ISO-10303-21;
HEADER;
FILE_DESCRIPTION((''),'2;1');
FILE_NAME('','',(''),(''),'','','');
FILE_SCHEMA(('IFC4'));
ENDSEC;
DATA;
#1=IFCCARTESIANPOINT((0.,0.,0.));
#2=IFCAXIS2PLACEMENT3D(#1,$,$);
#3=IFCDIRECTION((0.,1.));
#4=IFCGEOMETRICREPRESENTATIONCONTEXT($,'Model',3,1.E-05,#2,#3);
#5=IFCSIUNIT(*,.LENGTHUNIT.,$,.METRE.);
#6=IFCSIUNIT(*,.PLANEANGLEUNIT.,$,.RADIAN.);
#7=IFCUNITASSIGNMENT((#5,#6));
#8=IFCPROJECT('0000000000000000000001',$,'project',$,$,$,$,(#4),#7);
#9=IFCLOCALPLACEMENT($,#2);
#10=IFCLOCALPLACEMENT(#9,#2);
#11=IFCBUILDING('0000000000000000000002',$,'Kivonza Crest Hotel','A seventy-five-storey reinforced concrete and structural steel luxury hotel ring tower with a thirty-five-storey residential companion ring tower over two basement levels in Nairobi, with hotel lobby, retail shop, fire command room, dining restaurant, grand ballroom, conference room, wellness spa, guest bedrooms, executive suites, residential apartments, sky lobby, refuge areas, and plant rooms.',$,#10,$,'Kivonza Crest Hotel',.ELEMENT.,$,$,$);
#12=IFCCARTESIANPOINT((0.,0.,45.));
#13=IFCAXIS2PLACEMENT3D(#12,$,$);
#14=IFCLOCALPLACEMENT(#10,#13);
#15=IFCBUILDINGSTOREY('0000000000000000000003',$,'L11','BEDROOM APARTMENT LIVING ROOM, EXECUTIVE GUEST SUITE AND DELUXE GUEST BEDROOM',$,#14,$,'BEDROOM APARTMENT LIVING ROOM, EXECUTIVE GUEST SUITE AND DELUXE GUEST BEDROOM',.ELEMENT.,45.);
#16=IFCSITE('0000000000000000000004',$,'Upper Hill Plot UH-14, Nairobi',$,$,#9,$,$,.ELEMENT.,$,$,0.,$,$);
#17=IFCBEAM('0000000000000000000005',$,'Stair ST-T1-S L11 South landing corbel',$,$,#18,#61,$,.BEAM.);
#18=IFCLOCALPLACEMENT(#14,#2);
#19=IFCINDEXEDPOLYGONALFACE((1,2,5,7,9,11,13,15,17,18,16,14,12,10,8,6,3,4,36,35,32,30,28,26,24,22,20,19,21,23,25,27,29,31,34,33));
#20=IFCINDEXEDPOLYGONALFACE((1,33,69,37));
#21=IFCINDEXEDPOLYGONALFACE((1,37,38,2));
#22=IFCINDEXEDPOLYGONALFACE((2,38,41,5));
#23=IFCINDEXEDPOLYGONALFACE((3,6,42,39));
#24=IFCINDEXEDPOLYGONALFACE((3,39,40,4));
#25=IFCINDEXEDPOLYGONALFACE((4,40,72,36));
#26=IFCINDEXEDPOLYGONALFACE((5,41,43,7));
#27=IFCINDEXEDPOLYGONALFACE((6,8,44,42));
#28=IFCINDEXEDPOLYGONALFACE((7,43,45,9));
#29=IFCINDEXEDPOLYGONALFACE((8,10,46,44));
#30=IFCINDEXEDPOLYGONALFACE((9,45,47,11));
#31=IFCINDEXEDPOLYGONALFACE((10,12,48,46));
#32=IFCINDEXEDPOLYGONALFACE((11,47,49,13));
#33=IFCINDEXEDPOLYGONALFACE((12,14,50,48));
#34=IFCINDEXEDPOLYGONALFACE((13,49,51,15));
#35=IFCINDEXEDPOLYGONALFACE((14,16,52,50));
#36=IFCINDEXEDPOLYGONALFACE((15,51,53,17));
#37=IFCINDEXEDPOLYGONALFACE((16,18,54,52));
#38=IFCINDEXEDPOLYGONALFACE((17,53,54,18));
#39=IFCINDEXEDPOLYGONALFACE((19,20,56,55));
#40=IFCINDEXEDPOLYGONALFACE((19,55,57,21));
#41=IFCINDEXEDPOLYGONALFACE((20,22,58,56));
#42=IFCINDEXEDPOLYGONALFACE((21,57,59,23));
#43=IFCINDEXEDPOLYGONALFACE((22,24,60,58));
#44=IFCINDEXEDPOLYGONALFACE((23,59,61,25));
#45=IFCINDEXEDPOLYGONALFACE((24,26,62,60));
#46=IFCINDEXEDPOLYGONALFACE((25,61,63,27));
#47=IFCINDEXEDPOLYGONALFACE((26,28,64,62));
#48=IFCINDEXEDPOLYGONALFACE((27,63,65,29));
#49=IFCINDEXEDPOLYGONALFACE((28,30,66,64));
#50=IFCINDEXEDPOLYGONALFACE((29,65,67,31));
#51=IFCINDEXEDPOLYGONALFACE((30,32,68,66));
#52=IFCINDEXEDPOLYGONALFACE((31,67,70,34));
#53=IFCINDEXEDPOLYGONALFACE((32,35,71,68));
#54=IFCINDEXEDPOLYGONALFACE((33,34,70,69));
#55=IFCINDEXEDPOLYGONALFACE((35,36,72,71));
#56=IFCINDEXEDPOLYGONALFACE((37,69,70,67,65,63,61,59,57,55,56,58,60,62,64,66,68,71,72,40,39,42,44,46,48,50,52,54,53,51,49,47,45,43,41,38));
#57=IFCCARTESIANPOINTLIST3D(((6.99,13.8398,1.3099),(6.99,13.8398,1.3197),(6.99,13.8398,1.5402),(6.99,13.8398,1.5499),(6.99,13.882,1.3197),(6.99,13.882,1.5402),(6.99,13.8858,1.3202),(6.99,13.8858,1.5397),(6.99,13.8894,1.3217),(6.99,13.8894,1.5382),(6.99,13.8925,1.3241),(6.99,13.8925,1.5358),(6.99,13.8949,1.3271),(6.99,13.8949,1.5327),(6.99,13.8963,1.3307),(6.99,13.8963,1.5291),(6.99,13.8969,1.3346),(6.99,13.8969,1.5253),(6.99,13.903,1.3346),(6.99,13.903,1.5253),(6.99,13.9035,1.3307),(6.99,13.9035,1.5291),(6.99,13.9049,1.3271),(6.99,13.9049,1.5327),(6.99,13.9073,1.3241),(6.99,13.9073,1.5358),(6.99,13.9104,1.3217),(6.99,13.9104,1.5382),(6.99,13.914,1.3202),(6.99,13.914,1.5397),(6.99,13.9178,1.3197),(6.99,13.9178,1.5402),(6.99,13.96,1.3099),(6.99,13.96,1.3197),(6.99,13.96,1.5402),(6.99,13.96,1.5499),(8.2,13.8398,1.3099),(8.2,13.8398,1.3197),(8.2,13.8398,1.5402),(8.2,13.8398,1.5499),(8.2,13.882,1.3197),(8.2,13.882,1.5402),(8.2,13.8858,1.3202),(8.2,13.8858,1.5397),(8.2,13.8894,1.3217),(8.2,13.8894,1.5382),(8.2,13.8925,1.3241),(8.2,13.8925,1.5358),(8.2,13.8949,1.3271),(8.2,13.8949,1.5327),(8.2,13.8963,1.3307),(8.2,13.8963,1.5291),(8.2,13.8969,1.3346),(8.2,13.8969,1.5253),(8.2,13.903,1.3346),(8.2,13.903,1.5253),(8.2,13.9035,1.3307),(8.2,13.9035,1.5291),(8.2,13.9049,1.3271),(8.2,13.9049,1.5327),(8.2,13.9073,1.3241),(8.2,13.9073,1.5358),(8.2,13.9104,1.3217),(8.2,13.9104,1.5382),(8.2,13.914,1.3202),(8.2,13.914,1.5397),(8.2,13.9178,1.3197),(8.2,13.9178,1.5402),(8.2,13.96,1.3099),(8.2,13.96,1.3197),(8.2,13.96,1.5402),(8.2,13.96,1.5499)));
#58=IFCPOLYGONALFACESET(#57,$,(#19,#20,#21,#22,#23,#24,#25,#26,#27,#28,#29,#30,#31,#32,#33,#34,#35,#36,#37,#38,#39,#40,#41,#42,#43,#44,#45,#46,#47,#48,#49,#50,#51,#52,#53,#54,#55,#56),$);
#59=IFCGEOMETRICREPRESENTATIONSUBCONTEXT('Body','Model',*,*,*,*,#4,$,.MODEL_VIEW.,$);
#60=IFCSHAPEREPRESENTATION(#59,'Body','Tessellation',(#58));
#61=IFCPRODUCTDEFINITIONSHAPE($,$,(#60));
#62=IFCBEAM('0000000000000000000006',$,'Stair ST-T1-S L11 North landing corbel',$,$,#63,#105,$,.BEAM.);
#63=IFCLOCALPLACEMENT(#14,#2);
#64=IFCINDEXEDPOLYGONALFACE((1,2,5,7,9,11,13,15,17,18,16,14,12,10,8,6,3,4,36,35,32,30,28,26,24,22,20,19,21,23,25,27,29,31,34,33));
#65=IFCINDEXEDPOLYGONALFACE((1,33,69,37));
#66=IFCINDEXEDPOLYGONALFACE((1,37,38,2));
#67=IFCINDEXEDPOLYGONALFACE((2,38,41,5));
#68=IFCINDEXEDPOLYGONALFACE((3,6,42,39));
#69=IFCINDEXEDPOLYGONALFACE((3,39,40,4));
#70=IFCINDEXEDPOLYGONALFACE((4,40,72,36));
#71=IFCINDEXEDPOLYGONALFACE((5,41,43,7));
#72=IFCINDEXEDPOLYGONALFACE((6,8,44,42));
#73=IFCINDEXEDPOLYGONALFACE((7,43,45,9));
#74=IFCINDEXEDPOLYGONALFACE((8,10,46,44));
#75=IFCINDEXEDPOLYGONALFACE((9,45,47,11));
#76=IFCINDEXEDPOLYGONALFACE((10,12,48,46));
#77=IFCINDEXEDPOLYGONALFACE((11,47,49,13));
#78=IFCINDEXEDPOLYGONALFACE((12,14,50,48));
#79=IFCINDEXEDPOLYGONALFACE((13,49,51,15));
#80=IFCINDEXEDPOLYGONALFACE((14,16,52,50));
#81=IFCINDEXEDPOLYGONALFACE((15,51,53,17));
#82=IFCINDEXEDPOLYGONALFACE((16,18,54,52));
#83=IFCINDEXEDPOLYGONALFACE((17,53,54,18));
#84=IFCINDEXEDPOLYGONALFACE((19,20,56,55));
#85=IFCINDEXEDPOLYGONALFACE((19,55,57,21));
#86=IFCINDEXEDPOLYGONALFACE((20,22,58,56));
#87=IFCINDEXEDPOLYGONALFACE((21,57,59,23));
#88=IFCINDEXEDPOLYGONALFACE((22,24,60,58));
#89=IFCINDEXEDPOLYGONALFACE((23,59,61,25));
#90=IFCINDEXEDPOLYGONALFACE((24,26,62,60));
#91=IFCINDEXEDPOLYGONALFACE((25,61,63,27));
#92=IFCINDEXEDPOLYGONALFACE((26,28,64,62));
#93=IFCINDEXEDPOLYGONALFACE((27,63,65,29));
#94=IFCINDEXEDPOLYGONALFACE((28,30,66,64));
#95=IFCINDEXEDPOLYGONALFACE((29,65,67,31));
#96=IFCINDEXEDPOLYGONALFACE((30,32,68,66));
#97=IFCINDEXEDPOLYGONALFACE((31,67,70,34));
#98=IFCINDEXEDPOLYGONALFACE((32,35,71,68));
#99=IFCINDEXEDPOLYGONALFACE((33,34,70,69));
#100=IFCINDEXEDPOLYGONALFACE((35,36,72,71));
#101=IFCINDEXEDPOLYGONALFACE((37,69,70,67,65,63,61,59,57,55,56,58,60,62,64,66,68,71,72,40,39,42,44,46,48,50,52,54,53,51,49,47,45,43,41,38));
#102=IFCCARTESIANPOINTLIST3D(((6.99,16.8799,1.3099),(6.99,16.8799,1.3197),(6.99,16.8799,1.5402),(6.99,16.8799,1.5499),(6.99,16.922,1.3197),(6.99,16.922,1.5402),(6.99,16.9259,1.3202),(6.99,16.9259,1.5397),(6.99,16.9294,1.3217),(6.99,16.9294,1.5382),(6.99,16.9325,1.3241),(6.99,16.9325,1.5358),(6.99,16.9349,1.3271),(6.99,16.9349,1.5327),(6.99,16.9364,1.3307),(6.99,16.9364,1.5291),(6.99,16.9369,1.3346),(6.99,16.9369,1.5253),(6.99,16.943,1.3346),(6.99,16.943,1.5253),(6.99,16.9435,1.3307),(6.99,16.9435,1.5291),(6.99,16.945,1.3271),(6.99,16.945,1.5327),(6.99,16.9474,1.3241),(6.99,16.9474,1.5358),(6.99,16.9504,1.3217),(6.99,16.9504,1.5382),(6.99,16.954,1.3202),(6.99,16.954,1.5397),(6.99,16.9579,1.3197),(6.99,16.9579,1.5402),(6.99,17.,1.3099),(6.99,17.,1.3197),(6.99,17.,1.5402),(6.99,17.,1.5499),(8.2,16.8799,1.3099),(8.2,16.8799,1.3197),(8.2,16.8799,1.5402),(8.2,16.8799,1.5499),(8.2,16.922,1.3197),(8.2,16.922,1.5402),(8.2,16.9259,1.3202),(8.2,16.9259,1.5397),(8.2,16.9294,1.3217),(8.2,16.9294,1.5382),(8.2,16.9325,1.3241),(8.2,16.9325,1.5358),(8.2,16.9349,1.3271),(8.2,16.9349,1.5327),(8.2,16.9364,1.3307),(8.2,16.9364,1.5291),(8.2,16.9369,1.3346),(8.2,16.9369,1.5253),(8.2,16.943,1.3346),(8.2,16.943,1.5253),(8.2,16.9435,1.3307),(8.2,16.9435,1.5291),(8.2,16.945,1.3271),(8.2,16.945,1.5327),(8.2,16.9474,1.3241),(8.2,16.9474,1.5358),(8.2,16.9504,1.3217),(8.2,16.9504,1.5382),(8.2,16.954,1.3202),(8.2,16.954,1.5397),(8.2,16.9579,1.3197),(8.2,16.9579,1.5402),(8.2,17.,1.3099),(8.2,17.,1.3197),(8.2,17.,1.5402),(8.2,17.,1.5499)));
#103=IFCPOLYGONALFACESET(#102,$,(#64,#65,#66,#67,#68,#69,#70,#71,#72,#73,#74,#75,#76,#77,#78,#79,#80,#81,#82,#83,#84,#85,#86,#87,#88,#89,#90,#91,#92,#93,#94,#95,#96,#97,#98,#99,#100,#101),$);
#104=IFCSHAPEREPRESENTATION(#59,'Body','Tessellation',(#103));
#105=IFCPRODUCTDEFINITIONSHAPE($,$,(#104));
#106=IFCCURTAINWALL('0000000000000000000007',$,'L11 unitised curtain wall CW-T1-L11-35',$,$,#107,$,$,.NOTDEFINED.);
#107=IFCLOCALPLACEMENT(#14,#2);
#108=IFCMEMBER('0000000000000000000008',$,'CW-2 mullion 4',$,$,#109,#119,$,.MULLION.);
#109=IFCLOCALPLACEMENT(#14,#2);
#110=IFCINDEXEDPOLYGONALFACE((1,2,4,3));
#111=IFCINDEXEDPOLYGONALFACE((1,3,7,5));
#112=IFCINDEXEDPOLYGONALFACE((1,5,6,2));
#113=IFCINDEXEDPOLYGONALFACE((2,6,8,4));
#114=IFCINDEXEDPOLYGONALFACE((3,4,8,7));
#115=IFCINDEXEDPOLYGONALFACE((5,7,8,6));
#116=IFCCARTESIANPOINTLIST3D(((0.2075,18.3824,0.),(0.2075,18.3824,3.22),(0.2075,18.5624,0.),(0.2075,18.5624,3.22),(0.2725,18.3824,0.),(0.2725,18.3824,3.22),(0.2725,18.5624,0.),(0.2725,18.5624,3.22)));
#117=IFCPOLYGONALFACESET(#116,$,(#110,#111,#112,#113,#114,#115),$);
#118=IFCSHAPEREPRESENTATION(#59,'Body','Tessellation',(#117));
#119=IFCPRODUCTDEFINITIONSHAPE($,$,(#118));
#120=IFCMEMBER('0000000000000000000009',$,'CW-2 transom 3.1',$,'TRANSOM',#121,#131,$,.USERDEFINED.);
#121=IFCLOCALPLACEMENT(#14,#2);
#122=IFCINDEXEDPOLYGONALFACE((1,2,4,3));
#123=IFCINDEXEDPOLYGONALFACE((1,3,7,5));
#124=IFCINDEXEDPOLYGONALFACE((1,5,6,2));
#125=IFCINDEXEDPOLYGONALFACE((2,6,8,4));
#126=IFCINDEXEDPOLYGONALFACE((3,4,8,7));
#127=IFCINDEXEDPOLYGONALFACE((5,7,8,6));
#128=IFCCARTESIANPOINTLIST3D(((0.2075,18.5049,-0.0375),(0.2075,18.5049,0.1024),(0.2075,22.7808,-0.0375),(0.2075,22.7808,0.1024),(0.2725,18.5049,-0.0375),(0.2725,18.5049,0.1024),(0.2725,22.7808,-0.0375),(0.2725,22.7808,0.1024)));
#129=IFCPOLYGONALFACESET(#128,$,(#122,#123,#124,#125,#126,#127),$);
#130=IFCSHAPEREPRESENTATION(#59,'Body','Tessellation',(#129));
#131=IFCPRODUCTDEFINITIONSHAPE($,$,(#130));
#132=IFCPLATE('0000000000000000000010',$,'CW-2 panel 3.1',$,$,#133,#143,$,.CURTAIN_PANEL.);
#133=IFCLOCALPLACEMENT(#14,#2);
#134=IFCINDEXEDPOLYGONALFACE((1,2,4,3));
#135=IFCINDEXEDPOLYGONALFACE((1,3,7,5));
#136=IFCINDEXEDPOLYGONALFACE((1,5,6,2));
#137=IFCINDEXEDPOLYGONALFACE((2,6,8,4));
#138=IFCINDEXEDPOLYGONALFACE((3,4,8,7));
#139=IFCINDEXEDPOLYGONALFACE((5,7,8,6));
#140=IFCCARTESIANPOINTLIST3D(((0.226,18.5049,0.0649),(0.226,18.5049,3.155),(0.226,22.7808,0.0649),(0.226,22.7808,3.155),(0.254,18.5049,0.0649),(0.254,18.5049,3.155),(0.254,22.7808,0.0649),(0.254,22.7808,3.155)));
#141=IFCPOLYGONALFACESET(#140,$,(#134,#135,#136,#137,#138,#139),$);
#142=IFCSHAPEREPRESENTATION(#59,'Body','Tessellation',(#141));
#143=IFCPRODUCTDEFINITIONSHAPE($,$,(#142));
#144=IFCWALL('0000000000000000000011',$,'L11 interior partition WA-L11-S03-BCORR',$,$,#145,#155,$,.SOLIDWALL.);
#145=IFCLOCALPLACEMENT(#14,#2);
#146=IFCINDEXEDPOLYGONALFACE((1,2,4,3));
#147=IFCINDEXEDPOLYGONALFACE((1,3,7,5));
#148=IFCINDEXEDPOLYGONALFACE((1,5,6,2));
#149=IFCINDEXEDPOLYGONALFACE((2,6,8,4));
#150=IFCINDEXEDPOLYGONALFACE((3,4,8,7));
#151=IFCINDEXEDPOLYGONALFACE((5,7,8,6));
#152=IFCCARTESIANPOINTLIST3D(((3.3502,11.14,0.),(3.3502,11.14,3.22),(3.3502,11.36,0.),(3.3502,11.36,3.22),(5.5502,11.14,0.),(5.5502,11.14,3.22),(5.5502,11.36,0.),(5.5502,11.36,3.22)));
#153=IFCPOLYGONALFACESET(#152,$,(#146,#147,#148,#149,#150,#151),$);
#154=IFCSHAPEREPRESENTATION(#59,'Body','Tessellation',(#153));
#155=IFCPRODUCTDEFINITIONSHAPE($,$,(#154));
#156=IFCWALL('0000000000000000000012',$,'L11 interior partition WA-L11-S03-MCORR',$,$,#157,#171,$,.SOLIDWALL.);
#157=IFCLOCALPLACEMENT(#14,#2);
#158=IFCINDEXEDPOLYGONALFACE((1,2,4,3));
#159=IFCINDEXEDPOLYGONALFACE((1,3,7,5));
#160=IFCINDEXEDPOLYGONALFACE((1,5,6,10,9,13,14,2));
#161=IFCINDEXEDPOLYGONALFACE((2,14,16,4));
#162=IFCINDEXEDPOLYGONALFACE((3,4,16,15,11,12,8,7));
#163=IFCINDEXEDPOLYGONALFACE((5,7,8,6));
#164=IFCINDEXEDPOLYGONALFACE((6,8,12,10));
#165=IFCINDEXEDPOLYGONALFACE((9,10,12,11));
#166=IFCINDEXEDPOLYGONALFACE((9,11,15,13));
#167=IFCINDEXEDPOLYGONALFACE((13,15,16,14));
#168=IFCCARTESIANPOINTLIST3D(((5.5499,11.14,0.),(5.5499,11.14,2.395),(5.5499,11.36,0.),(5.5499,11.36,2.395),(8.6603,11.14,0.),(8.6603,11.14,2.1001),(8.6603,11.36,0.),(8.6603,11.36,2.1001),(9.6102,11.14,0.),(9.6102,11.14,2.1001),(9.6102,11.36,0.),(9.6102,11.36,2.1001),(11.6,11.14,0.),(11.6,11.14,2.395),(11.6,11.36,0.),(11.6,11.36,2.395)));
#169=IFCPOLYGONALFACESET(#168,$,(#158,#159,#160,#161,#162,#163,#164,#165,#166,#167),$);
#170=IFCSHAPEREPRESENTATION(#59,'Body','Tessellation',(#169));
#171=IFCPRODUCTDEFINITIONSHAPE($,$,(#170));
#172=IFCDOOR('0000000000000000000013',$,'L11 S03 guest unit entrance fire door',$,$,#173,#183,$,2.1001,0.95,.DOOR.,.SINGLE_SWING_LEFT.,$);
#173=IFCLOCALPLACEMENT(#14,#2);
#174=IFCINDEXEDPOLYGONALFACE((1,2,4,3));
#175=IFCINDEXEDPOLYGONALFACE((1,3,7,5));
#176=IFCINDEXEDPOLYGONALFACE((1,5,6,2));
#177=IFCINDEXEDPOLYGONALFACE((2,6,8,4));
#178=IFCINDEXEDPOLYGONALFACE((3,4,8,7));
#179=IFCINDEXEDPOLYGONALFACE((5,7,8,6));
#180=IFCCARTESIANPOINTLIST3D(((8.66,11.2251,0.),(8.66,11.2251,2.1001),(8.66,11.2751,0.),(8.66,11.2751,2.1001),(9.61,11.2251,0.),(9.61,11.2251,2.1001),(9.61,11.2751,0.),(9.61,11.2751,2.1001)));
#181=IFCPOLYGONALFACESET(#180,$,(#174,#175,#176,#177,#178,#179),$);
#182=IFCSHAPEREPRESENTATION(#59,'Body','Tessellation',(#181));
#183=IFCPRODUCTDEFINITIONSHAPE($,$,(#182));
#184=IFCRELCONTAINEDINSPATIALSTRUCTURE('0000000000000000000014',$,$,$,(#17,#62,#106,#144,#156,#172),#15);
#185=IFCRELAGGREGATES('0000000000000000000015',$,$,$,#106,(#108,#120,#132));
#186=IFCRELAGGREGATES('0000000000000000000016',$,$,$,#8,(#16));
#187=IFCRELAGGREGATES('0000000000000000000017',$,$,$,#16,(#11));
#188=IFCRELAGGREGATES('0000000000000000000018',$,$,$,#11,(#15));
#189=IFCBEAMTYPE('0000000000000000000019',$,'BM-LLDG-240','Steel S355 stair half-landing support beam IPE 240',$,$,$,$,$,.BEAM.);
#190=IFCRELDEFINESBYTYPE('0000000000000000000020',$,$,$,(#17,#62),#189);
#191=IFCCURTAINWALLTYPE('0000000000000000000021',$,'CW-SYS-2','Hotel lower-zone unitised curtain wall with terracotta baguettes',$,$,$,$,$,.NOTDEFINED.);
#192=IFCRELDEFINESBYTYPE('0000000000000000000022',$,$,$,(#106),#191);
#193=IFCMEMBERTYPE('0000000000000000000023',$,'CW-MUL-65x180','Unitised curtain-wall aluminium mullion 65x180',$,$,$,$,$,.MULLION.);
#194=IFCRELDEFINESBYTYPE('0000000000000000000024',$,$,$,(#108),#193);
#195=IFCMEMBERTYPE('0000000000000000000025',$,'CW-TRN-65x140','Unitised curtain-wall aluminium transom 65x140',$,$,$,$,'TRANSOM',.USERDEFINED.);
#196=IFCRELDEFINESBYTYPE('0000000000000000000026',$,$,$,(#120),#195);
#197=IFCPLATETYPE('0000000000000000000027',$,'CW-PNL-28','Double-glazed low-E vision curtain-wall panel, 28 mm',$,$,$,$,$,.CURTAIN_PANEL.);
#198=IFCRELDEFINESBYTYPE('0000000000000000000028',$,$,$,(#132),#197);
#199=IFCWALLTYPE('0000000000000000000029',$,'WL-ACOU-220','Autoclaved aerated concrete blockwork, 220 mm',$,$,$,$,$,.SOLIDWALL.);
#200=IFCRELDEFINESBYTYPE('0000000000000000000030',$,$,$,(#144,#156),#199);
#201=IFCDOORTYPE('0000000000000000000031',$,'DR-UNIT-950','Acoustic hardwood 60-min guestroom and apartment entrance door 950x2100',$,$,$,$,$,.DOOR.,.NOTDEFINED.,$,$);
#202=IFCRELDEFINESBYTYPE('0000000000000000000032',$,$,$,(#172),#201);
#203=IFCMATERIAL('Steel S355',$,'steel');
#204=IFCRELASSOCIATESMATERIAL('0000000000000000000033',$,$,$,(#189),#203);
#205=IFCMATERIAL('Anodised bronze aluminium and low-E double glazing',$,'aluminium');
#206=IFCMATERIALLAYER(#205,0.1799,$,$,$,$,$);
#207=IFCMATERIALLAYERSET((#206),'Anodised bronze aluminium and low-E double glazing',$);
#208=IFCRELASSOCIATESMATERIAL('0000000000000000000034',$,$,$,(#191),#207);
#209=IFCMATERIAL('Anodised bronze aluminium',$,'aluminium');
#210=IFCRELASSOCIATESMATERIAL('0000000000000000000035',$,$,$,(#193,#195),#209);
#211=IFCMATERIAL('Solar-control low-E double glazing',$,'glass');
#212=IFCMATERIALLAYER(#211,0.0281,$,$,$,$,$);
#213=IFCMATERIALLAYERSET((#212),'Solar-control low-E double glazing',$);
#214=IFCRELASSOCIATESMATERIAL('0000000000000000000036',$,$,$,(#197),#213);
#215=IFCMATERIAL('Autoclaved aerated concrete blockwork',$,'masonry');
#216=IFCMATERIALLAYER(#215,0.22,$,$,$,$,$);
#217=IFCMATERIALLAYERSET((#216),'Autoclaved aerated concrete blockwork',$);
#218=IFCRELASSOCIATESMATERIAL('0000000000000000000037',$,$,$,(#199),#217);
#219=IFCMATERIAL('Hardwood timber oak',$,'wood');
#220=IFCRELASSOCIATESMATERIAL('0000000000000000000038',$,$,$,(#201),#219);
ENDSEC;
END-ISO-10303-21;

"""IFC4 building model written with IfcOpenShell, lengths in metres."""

from ifc_helpers import new_model, si_unit, direction, frame, frame_2d, origin, origin_2d, place, context, subcontext, project, spatial, rectangle, i_section, extrude, material, layer, layer_set, material_profile, profile_set, type_object, element, fill, aggregate, save


model = new_model("IFC4")

# Units and contexts
model_context = context("Model", 3, precision=1e-05, world=origin(), true_north=direction((0.0, 1.0)))
body_context = subcontext(model_context, "Body", "Model", "MODEL_VIEW")
ifc_project = project(units=[si_unit("LENGTHUNIT", "METRE"), si_unit("PLANEANGLEUNIT", "RADIAN")], contexts=[model_context])

# Site, building, storey
site_placement = place(None, origin())
site = spatial("IfcSite", under=ifc_project, at=site_placement, Name="Upper Hill Plot UH-14, Nairobi", CompositionType="ELEMENT", RefElevation=0.0)
building_placement = place(site_placement, origin())
building = spatial("IfcBuilding", under=site, at=building_placement, Name="Kivonza Crest Hotel", Description="A seventy-five-storey reinforced concrete and structural steel luxury hotel ring tower with a thirty-five-storey residential companion ring tower over two basement levels in Nairobi, with hotel lobby, retail shop, fire command room, dining restaurant, grand ballroom, conference room, wellness spa, guest bedrooms, executive suites, residential apartments, sky lobby, refuge areas, and plant rooms.", LongName="Kivonza Crest Hotel", CompositionType="ELEMENT")
storey_placement = place(building_placement, frame((0.0, 0.0, 45.0)))
storey = spatial("IfcBuildingStorey", under=building, at=storey_placement, Name="L11", Description="BEDROOM APARTMENT LIVING ROOM, EXECUTIVE GUEST SUITE AND DELUXE GUEST BEDROOM", LongName="BEDROOM APARTMENT LIVING ROOM, EXECUTIVE GUEST SUITE AND DELUXE GUEST BEDROOM", CompositionType="ELEMENT", Elevation=45.0)

# Beams
ifc_material_1 = material(Name="Steel S355", Category="steel")
ifc_material_profile_1 = material_profile(ifc_material_1, i_section(OverallWidth=0.1201, OverallDepth=0.24, WebThickness=0.0061, FlangeThickness=0.0098, FilletRadius=0.0149, at=origin_2d()), Name="IPE 240")
ifc_profile_set_1 = profile_set([ifc_material_profile_1], Name="Steel S355")
beam_type_1 = type_object("IfcBeamType", Name="BM-LLDG-240", Description="Steel S355 stair half-landing support beam IPE 240", PredefinedType="BEAM", material=ifc_profile_set_1)
for number, where, z_axis, x_axis, name in (
    (1, (6.99, 13.8999, 1.4299), (1.0, 0.0, 0.0), (0.0, 1.0, 0.0), "Stair ST-T1-S L11 South landing corbel"),
    (2, (6.99, 16.9399, 1.4299), (1.0, 0.0, 0.0), (0.0, 1.0, 0.0), "Stair ST-T1-S L11 North landing corbel"),
):
    element("IfcBeam", number, at=place(storey_placement, frame(where, z_axis=z_axis, x_axis=x_axis)), inside=storey, type_object=beam_type_1, Name=name, PredefinedType="BEAM", context=body_context, shape_type="SweptSolid", body=[
        extrude(i_section(OverallWidth=0.1201, OverallDepth=0.24, WebThickness=0.0061, FlangeThickness=0.0098, FilletRadius=0.0149, at=origin_2d()), origin(), (0.0, 0.0, 1.0), 1.21),
    ])

# Curtain wall, members, plate
ifc_material_2 = material(Name="Anodised bronze aluminium and low-E double glazing", Category="aluminium")
ifc_layer_1 = layer(ifc_material_2, 0.1799)
ifc_layer_set_1 = layer_set([ifc_layer_1], Name="Anodised bronze aluminium and low-E double glazing")
curtain_wall_type = type_object("IfcCurtainWallType", Name="CW-SYS-2", Description="Hotel lower-zone unitised curtain wall with terracotta baguettes", PredefinedType="NOTDEFINED", material=ifc_layer_set_1)
curtain_wall_placement = place(storey_placement, origin())
curtain_wall = element("IfcCurtainWall", 3, at=curtain_wall_placement, inside=storey, type_object=curtain_wall_type, Name="L11 unitised curtain wall CW-T1-L11-35", PredefinedType="NOTDEFINED")
ifc_material_3 = material(Name="Anodised bronze aluminium", Category="aluminium")
ifc_material_profile_2 = material_profile(ifc_material_3, rectangle(XDim=0.0649, YDim=0.1799, at=origin_2d()), Name="CW-M 65x180")
ifc_profile_set_2 = profile_set([ifc_material_profile_2], Name="Anodised bronze aluminium")
member_type_1 = type_object("IfcMemberType", Name="CW-MUL-65x180", Description="Unitised curtain-wall aluminium mullion 65x180", PredefinedType="MULLION", material=ifc_profile_set_2)
member_1_placement = place(storey_placement, frame((0.24, 18.4724, 0.0), z_axis=(0.0, 0.0, 1.0), x_axis=(1.0, 0.0, 0.0)))
member_1 = element("IfcMember", 4, at=member_1_placement, type_object=member_type_1, Name="CW-2 mullion 4", PredefinedType="MULLION", context=body_context, shape_type="SweptSolid", body=[
    extrude(rectangle(XDim=0.0649, YDim=0.1799, at=origin_2d()), origin(), (0.0, 0.0, 1.0), 3.22),
])
ifc_material_profile_3 = material_profile(ifc_material_3, rectangle(XDim=0.0649, YDim=0.1399, at=origin_2d()), Name="CW-T 65x140")
ifc_profile_set_3 = profile_set([ifc_material_profile_3], Name="Anodised bronze aluminium")
member_type_2 = type_object("IfcMemberType", Name="CW-TRN-65x140", Description="Unitised curtain-wall aluminium transom 65x140", ElementType="TRANSOM", PredefinedType="USERDEFINED", material=ifc_profile_set_3)
member_2_placement = place(storey_placement, frame((0.24, 22.7808, 0.0325), z_axis=(0.0, -1.0, 0.0), x_axis=(1.0, 0.0, 0.0)))
member_2 = element("IfcMember", 5, at=member_2_placement, type_object=member_type_2, Name="CW-2 transom 3.1", ObjectType="TRANSOM", PredefinedType="USERDEFINED", context=body_context, shape_type="SweptSolid", body=[
    extrude(rectangle(XDim=0.0649, YDim=0.1399, at=origin_2d()), origin(), (0.0, 0.0, 1.0), 4.2759),
])
ifc_material_4 = material(Name="Solar-control low-E double glazing", Category="glass")
ifc_layer_2 = layer(ifc_material_4, 0.0281)
ifc_layer_set_2 = layer_set([ifc_layer_2], Name="Solar-control low-E double glazing")
plate_type = type_object("IfcPlateType", Name="CW-PNL-28", Description="Double-glazed low-E vision curtain-wall panel, 28 mm", PredefinedType="CURTAIN_PANEL", material=ifc_layer_set_2)
plate_placement = place(storey_placement, frame((0.24, 20.6428, 0.0649), z_axis=(0.0, 0.0, 1.0), x_axis=(0.0, -1.0, 0.0)))
plate = element("IfcPlate", 6, at=plate_placement, type_object=plate_type, Name="CW-2 panel 3.1", PredefinedType="CURTAIN_PANEL", context=body_context, shape_type="SweptSolid", body=[
    extrude(rectangle(XDim=4.2759, YDim=0.0281, at=origin_2d()), origin(), (0.0, 0.0, 1.0), 3.0901),
])
aggregate(curtain_wall, [member_1, member_2, plate])

# Wall
ifc_material_5 = material(Name="Autoclaved aerated concrete blockwork", Category="masonry")
ifc_layer_3 = layer(ifc_material_5, 0.22)
ifc_layer_set_3 = layer_set([ifc_layer_3], Name="Autoclaved aerated concrete blockwork")
wall_type_1 = type_object("IfcWallType", Name="WL-ACOU-220", Description="Autoclaved aerated concrete blockwork, 220 mm", PredefinedType="SOLIDWALL", material=ifc_layer_set_3)
wall_1_placement = place(storey_placement, frame((3.3501, 11.25, 0.0), z_axis=(0.0, 0.0, 1.0), x_axis=(1.0, 0.0, 0.0)))
element("IfcWall", 7, at=wall_1_placement, inside=storey, type_object=wall_type_1, Name="L11 interior partition WA-L11-S03-BCORR", PredefinedType="SOLIDWALL", context=body_context, shape_type="SweptSolid", body=[
    extrude(rectangle(XDim=2.2, YDim=0.22, at=frame_2d((1.1001, 0.0))), origin(), (0.0, 0.0, 1.0), 3.22),
])

# Wall, opening, door
wall_2_placement = place(storey_placement, frame((5.55, 11.25, 0.0), z_axis=(0.0, 0.0, 1.0), x_axis=(1.0, 0.0, 0.0)))
wall_2 = element("IfcWall", 8, at=wall_2_placement, inside=storey, type_object=wall_type_1, Name="L11 interior partition WA-L11-S03-MCORR", PredefinedType="SOLIDWALL", context=body_context, shape_type="SweptSolid", body=[
    extrude(rectangle(XDim=6.05, YDim=0.22, at=frame_2d((3.0249, 0.0))), origin(), (0.0, 0.0, 1.0), 2.395),
])
opening_1_placement = place(wall_2_placement, frame((3.1101, 0.0, 0.0)))
opening_1 = element("IfcOpeningElement", 9, at=opening_1_placement, cuts=wall_2, PredefinedType="OPENING", context=body_context, shape_type="SweptSolid", body=[
    extrude(rectangle(XDim=0.95, YDim=2.1001, at=frame_2d((0.4751, 1.05))), frame((0.0, 0.1201, 0.0), z_axis=(0.0, -1.0, 0.0), x_axis=(1.0, 0.0, 0.0)), (0.0, 0.0, 1.0), 0.24),
])
ifc_material_6 = material(Name="Hardwood timber oak", Category="wood")
door_type_1 = type_object("IfcDoorType", Name="DR-UNIT-950", Description="Acoustic hardwood 60-min guestroom and apartment entrance door 950x2100", OperationType="NOTDEFINED", PredefinedType="DOOR", material=ifc_material_6)
door_1_placement = place(opening_1_placement, frame((0.95, 0.0, 0.0), z_axis=(0.0, 0.0, 1.0), x_axis=(-1.0, 0.0, 0.0)))
door_1 = element("IfcDoor", 10, at=door_1_placement, inside=storey, type_object=door_type_1, Name="L11 S03 guest unit entrance fire door", OperationType="SINGLE_SWING_LEFT", OverallHeight=2.1001, OverallWidth=0.95, PredefinedType="DOOR", context=body_context, shape_type="SweptSolid", body=[
    extrude(rectangle(XDim=0.95, YDim=2.1001, at=frame_2d((0.4751, 1.05))), frame((0.0, 0.0249, 0.0), z_axis=(0.0, -1.0, 0.0), x_axis=(1.0, 0.0, 0.0)), (0.0, 0.0, 1.0), 0.05),
])
fill(opening_1, door_1)

save(model, "model.ifc")
